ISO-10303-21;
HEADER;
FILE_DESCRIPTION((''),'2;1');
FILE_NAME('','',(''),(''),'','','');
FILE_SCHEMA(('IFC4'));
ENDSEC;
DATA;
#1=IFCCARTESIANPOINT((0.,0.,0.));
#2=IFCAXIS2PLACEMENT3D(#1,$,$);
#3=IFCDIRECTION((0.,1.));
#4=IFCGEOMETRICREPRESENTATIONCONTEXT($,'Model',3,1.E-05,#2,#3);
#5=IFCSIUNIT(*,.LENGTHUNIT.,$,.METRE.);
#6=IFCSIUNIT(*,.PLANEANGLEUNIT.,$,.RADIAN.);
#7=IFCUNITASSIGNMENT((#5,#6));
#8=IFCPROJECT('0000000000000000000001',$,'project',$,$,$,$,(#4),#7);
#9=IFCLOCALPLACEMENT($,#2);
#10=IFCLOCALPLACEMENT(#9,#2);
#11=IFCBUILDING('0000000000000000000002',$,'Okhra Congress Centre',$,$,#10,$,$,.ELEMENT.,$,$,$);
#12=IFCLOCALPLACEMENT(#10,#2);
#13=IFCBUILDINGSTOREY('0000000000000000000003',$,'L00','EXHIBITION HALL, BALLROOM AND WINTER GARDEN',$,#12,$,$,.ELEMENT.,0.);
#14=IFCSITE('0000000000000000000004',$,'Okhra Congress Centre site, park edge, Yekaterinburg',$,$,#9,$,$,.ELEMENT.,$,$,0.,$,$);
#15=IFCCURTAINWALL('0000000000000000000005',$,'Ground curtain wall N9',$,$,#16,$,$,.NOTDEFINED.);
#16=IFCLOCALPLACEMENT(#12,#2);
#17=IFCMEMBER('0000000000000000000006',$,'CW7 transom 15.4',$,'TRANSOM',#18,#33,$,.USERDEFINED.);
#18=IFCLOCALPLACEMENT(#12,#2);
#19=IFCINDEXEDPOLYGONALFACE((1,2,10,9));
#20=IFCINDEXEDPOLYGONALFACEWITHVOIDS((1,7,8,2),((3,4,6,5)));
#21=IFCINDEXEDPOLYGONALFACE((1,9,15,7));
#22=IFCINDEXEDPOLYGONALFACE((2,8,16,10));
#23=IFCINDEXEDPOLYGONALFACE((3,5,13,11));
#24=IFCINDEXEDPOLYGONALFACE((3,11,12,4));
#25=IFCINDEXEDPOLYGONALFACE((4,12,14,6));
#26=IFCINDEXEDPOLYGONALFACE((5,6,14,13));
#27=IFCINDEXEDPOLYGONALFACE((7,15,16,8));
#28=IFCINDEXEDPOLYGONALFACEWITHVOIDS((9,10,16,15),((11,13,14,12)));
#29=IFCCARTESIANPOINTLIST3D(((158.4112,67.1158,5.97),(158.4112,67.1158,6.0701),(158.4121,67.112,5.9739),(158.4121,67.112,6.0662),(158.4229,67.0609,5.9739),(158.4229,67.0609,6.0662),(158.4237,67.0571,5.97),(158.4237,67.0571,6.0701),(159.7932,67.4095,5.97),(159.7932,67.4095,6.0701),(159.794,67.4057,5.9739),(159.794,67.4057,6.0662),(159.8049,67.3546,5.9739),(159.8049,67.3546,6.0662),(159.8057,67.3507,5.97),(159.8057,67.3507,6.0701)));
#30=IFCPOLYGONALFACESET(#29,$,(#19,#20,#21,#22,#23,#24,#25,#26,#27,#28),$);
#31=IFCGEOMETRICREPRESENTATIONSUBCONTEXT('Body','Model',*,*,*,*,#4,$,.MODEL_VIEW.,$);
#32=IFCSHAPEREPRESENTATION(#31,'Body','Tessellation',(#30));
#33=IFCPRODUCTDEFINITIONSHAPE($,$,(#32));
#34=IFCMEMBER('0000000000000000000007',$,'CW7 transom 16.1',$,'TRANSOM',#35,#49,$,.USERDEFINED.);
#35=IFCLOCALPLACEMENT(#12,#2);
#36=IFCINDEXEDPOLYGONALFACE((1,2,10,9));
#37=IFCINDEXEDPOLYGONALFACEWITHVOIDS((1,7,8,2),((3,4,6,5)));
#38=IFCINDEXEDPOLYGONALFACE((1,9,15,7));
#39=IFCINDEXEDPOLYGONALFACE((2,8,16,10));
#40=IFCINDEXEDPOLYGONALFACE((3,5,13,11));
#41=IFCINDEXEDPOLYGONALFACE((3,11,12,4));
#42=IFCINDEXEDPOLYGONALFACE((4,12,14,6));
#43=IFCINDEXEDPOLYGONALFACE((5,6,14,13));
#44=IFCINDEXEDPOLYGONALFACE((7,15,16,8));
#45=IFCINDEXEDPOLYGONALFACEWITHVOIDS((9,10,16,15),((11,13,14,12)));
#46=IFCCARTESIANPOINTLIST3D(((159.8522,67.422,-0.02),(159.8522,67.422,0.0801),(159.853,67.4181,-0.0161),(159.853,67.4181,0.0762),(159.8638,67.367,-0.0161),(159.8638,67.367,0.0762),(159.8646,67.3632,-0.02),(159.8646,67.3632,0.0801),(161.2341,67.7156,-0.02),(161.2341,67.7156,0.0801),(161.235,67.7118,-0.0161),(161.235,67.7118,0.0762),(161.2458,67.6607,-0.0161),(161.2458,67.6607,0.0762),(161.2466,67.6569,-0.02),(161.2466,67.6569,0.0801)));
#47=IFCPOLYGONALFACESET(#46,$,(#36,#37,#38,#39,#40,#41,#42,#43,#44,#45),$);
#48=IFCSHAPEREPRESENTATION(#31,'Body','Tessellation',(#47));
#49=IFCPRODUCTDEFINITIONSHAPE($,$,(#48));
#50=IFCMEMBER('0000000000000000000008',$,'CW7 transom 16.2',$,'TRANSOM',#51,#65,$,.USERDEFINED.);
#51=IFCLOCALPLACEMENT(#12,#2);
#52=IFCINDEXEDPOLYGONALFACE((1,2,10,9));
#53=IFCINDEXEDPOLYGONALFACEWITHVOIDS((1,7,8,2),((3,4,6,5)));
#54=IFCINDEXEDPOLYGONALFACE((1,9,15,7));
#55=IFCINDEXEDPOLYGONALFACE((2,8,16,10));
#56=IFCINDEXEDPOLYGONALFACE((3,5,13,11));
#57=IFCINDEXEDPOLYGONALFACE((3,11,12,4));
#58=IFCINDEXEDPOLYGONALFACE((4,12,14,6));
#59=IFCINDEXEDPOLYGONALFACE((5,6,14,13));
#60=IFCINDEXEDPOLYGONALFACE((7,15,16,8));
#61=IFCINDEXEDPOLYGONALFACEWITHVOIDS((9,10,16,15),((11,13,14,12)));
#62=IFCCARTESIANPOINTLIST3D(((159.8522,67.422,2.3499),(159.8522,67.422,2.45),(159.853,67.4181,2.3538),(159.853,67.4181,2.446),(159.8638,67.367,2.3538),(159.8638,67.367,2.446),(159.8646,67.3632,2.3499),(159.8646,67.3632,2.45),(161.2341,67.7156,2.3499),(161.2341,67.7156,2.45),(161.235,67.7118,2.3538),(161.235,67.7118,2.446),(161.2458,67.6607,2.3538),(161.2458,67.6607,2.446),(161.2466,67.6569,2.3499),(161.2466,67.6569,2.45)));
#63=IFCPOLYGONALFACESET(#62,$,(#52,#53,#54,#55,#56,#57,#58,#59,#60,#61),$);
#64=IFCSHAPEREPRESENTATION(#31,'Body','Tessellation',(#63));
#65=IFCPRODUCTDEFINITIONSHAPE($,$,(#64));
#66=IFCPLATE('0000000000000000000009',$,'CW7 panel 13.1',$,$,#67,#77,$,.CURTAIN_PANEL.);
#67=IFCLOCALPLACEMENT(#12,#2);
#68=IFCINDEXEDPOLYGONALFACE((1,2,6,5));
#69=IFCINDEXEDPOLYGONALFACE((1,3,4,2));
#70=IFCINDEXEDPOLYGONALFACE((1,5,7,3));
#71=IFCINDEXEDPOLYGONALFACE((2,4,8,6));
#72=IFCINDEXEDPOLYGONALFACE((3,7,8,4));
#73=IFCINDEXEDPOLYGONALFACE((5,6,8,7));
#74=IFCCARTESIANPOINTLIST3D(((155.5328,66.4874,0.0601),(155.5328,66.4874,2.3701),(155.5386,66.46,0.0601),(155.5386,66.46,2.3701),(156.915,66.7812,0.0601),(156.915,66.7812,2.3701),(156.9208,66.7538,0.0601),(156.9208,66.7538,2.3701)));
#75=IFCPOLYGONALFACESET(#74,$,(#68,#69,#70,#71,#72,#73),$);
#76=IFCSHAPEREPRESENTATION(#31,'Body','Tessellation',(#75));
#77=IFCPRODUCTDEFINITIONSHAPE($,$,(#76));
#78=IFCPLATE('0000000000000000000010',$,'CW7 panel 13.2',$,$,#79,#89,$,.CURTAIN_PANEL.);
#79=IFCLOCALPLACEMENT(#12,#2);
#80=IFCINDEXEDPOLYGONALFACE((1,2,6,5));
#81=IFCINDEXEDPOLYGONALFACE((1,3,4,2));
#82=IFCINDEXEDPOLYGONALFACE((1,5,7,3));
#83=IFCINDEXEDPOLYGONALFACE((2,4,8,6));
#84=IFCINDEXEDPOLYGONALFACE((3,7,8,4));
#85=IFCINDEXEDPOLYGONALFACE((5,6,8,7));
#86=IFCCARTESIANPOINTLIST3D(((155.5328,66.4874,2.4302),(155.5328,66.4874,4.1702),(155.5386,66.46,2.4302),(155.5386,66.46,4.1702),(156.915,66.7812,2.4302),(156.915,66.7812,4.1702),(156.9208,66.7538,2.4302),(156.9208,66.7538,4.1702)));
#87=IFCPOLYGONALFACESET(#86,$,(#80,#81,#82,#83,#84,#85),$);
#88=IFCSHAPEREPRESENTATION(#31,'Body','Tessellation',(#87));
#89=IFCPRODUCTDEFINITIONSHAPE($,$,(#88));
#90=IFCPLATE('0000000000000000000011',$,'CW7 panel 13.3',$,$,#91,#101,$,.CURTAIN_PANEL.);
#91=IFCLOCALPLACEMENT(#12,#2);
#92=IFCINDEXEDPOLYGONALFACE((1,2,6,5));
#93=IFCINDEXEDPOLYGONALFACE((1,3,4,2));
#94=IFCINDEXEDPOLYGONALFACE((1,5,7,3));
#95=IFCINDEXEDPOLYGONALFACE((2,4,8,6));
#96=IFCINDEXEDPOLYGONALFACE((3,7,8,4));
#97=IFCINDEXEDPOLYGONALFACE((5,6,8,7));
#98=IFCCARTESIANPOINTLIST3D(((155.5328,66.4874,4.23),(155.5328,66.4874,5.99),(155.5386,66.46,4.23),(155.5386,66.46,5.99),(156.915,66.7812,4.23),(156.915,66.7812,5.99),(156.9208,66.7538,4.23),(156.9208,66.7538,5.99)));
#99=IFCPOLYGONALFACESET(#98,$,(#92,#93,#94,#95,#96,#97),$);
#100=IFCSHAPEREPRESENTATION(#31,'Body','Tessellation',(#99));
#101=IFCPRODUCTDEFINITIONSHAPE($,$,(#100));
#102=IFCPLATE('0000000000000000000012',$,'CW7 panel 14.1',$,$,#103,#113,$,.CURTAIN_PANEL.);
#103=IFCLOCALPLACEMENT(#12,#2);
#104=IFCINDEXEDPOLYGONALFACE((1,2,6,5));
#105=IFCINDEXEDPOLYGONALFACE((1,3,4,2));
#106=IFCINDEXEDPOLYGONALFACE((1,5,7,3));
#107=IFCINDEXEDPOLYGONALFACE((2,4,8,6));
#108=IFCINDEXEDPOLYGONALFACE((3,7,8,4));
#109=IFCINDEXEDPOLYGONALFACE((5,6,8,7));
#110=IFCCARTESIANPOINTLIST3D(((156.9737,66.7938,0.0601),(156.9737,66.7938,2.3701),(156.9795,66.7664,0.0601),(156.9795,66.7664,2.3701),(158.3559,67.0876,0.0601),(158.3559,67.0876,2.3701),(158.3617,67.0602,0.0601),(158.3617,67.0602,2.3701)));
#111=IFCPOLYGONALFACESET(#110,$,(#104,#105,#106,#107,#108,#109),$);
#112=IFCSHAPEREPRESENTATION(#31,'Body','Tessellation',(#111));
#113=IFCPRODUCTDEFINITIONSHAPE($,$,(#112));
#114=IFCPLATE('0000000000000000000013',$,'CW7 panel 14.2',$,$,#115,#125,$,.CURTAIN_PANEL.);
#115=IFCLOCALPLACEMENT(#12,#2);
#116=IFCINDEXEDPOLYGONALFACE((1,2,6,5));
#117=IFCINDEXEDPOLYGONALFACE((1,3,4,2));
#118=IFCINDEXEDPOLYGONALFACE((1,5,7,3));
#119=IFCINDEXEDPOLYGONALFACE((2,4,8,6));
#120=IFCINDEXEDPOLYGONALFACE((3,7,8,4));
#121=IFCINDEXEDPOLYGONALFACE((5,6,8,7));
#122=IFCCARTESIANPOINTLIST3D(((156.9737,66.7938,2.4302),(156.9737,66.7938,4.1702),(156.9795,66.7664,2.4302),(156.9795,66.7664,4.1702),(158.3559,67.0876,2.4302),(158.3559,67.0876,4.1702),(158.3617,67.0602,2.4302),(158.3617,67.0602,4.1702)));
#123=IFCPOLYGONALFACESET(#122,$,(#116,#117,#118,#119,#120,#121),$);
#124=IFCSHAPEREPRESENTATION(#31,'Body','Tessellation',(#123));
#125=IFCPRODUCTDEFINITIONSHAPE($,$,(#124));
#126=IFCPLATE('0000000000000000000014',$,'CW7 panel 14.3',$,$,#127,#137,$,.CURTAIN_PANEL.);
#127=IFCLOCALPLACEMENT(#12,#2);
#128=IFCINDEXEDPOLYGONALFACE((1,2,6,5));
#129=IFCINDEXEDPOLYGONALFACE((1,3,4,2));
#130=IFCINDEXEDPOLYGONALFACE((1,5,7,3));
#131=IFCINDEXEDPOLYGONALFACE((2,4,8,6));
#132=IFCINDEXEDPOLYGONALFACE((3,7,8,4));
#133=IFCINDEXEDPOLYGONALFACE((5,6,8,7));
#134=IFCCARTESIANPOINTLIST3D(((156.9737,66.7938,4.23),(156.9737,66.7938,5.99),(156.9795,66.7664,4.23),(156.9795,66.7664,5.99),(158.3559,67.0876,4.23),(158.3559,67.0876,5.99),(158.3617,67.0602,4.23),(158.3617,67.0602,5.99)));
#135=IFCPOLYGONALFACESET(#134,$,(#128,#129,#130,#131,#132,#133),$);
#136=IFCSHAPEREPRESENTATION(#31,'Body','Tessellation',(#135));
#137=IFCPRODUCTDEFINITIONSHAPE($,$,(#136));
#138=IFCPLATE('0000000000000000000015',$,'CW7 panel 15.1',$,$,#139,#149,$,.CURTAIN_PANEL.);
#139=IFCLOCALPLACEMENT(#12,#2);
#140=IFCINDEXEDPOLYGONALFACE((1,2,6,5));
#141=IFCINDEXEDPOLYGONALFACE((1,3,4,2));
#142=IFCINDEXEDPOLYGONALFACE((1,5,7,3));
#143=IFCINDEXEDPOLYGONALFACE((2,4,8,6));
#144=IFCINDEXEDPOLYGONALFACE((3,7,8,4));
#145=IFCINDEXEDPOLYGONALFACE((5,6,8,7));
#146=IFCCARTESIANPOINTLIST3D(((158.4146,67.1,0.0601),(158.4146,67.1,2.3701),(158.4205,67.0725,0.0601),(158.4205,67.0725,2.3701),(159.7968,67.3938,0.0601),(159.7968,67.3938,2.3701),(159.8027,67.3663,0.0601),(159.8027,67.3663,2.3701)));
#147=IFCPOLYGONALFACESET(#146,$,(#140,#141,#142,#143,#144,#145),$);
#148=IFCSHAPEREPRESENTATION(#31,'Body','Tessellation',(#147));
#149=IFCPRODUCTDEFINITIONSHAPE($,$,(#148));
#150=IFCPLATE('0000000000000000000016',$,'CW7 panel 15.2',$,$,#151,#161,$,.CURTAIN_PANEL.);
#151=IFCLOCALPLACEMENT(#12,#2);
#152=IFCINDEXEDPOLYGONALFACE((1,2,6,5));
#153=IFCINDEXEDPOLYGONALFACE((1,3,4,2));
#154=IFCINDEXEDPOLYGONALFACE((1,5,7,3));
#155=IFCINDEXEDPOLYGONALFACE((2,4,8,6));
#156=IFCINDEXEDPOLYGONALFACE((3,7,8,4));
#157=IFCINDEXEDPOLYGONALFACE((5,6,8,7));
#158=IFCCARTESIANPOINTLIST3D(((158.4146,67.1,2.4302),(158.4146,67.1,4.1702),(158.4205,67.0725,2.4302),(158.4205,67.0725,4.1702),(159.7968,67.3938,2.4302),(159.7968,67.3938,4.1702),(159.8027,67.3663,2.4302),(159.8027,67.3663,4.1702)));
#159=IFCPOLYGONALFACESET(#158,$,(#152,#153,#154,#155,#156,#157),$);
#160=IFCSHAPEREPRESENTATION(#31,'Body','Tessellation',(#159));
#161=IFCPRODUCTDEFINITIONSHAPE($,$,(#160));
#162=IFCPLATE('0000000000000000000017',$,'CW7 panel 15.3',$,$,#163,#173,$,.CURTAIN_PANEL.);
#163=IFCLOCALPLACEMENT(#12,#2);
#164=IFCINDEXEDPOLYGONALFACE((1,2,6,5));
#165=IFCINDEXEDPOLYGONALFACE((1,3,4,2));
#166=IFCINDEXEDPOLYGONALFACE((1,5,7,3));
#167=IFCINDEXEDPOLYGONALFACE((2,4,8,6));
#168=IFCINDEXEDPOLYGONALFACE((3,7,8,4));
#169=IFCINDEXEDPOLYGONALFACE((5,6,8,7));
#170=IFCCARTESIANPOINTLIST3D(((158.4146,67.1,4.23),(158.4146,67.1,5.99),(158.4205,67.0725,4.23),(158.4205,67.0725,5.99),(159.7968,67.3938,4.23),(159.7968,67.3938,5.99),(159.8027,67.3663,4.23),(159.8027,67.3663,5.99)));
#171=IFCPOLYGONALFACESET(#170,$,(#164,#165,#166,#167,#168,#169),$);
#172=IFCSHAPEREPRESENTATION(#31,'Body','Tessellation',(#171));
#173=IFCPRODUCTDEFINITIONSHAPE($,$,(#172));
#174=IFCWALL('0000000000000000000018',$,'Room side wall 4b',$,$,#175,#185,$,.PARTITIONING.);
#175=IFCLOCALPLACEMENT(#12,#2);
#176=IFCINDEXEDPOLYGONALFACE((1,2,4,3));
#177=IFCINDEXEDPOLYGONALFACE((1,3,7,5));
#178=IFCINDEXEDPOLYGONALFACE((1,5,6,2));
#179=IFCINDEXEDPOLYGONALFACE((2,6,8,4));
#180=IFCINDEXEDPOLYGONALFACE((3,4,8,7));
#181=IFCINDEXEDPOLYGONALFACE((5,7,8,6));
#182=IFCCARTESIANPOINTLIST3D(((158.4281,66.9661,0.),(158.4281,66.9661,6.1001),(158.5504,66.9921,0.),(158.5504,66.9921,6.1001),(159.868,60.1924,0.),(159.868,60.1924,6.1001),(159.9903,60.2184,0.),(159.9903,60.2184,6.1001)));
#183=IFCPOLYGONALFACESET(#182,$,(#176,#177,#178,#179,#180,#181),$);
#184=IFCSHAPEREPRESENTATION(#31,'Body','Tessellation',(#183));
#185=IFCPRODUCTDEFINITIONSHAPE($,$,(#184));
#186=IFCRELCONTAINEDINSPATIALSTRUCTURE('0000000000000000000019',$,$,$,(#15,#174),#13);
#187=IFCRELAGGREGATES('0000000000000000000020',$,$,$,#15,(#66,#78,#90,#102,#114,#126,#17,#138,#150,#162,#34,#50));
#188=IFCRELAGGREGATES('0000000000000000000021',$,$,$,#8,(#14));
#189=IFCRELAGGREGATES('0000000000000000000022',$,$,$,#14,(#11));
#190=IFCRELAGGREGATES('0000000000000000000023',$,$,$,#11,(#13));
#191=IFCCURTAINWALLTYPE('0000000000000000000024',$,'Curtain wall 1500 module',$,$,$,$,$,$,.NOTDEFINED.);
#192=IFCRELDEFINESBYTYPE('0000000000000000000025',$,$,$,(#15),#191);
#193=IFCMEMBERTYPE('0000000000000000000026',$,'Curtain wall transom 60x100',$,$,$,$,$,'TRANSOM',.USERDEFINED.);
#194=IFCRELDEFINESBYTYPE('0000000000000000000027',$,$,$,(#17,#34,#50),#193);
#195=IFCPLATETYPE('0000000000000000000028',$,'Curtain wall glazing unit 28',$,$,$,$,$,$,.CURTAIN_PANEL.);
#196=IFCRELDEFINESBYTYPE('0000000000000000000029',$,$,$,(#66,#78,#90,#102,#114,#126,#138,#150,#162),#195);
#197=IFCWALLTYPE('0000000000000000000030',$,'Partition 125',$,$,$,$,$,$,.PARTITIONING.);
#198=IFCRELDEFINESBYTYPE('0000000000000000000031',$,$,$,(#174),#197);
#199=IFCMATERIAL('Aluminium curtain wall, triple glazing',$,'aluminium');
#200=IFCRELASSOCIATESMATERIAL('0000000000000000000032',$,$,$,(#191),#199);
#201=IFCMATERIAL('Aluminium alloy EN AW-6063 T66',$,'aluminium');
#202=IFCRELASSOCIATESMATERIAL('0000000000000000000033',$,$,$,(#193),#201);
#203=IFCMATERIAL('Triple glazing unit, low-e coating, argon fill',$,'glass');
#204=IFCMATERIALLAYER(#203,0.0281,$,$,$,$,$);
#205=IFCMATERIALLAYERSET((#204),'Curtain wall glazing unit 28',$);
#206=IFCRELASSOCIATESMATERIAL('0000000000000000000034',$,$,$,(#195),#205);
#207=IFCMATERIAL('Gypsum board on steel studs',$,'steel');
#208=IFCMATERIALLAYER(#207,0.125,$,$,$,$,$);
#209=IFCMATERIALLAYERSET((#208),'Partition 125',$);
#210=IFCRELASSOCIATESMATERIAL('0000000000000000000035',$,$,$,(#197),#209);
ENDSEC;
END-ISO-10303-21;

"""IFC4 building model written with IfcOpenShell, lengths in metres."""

from ifc_helpers import new_model, si_unit, direction, frame, frame_2d, origin, origin_2d, place, context, subcontext, project, spatial, rectangle, hollow_rectangle, extrude, material, layer, layer_set, material_profile, profile_set, type_object, element, aggregate, save


model = new_model("IFC4")

# Units and contexts
model_context = context("Model", 3, precision=1e-05, world=origin(), true_north=direction((0.0, 1.0)))
body_context = subcontext(model_context, "Body", "Model", "MODEL_VIEW")
ifc_project = project(units=[si_unit("LENGTHUNIT", "METRE"), si_unit("PLANEANGLEUNIT", "RADIAN")], contexts=[model_context])

# Site, building, storey
site_placement = place(None, origin())
site = spatial("IfcSite", under=ifc_project, at=site_placement, Name="Okhra Congress Centre site, park edge, Yekaterinburg", CompositionType="ELEMENT", RefElevation=0.0)
building_placement = place(site_placement, origin())
building = spatial("IfcBuilding", under=site, at=building_placement, Name="Okhra Congress Centre", CompositionType="ELEMENT")
storey_placement = place(building_placement, origin())
storey = spatial("IfcBuildingStorey", under=building, at=storey_placement, Name="L00", Description="EXHIBITION HALL, BALLROOM AND WINTER GARDEN", CompositionType="ELEMENT", Elevation=0.0)

# Curtain wall, members, plates
ifc_material_1 = material(Name="Aluminium curtain wall, triple glazing", Category="aluminium")
curtain_wall_type = type_object("IfcCurtainWallType", Name="Curtain wall 1500 module", PredefinedType="NOTDEFINED", material=ifc_material_1)
curtain_wall_placement = place(storey_placement, origin())
curtain_wall = element("IfcCurtainWall", 1, at=curtain_wall_placement, inside=storey, type_object=curtain_wall_type, Name="Ground curtain wall N9", PredefinedType="NOTDEFINED")
ifc_material_2 = material(Name="Aluminium alloy EN AW-6063 T66", Category="aluminium")
ifc_material_profile_1 = material_profile(ifc_material_2, hollow_rectangle(XDim=0.0601, YDim=0.1001, WallThickness=0.0039, at=origin_2d()), Name="RHS 60x100x4")
ifc_profile_set_1 = profile_set([ifc_material_profile_1], Name="Aluminium alloy EN AW-6063 T66")
member_type_1 = type_object("IfcMemberType", Name="Curtain wall transom 60x100", ElementType="TRANSOM", PredefinedType="USERDEFINED", material=ifc_profile_set_1)
member_1_placement = place(storey_placement, frame((158.4175, 67.0864, 6.02), z_axis=(0.978158, 0.207865, 0.0), x_axis=(-0.207865, 0.978158, 0.0)))
member_1 = element("IfcMember", 2, at=member_1_placement, type_object=member_type_1, Name="CW7 transom 15.4", ObjectType="TRANSOM", PredefinedType="USERDEFINED", context=body_context, shape_type="SweptSolid", body=[
    extrude(hollow_rectangle(XDim=0.0601, YDim=0.1001, WallThickness=0.0039, at=origin_2d()), origin(), (0.0, 0.0, 1.0), 1.4128),
])
member_2_placement = place(storey_placement, frame((159.8584, 67.3926, 0.03), z_axis=(0.978158, 0.207865, 0.0), x_axis=(-0.207865, 0.978158, 0.0)))
member_2 = element("IfcMember", 3, at=member_2_placement, type_object=member_type_1, Name="CW7 transom 16.1", ObjectType="TRANSOM", PredefinedType="USERDEFINED", context=body_context, shape_type="SweptSolid", body=[
    extrude(hollow_rectangle(XDim=0.0601, YDim=0.1001, WallThickness=0.0039, at=origin_2d()), origin(), (0.0, 0.0, 1.0), 1.4128),
])
member_3_placement = place(storey_placement, frame((159.8584, 67.3926, 2.3999), z_axis=(0.978158, 0.207865, 0.0), x_axis=(-0.207865, 0.978158, 0.0)))
member_3 = element("IfcMember", 4, at=member_3_placement, type_object=member_type_1, Name="CW7 transom 16.2", ObjectType="TRANSOM", PredefinedType="USERDEFINED", context=body_context, shape_type="SweptSolid", body=[
    extrude(hollow_rectangle(XDim=0.0601, YDim=0.1001, WallThickness=0.0039, at=origin_2d()), origin(), (0.0, 0.0, 1.0), 1.4128),
])
ifc_material_3 = material(Name="Triple glazing unit, low-e coating, argon fill", Category="glass")
ifc_layer_1 = layer(ifc_material_3, 0.0281)
ifc_layer_set_1 = layer_set([ifc_layer_1], Name="Curtain wall glazing unit 28")
plate_type = type_object("IfcPlateType", Name="Curtain wall glazing unit 28", PredefinedType="CURTAIN_PANEL", material=ifc_layer_set_1)
plate_1_placement = place(storey_placement, frame((156.2268, 66.6206, 0.0601), z_axis=(0.0, 0.0, 1.0), x_axis=(0.978148, 0.207912, 0.0)))
plate_1 = element("IfcPlate", 5, at=plate_1_placement, type_object=plate_type, Name="CW7 panel 13.1", PredefinedType="CURTAIN_PANEL", context=body_context, shape_type="SweptSolid", body=[
    extrude(rectangle(XDim=1.4131, YDim=0.0281, at=origin_2d()), origin(), (0.0, 0.0, 1.0), 2.3101),
])
plate_2_placement = place(storey_placement, frame((156.2268, 66.6206, 2.4302), z_axis=(0.0, 0.0, 1.0), x_axis=(0.978148, 0.207912, 0.0)))
plate_2 = element("IfcPlate", 6, at=plate_2_placement, type_object=plate_type, Name="CW7 panel 13.2", PredefinedType="CURTAIN_PANEL", context=body_context, shape_type="SweptSolid", body=[
    extrude(rectangle(XDim=1.4131, YDim=0.0281, at=origin_2d()), origin(), (0.0, 0.0, 1.0), 1.74),
])
plate_3_placement = place(storey_placement, frame((156.2268, 66.6206, 4.23), z_axis=(0.0, 0.0, 1.0), x_axis=(0.978148, 0.207912, 0.0)))
plate_3 = element("IfcPlate", 7, at=plate_3_placement, type_object=plate_type, Name="CW7 panel 13.3", PredefinedType="CURTAIN_PANEL", context=body_context, shape_type="SweptSolid", body=[
    extrude(rectangle(XDim=1.4131, YDim=0.0281, at=origin_2d()), origin(), (0.0, 0.0, 1.0), 1.76),
])
plate_4_placement = place(storey_placement, frame((157.6677, 66.927, 0.0601), z_axis=(0.0, 0.0, 1.0), x_axis=(0.978148, 0.207912, 0.0)))
plate_4 = element("IfcPlate", 8, at=plate_4_placement, type_object=plate_type, Name="CW7 panel 14.1", PredefinedType="CURTAIN_PANEL", context=body_context, shape_type="SweptSolid", body=[
    extrude(rectangle(XDim=1.4131, YDim=0.0281, at=origin_2d()), origin(), (0.0, 0.0, 1.0), 2.3101),
])
plate_5_placement = place(storey_placement, frame((157.6677, 66.927, 2.4302), z_axis=(0.0, 0.0, 1.0), x_axis=(0.978148, 0.207912, 0.0)))
plate_5 = element("IfcPlate", 9, at=plate_5_placement, type_object=plate_type, Name="CW7 panel 14.2", PredefinedType="CURTAIN_PANEL", context=body_context, shape_type="SweptSolid", body=[
    extrude(rectangle(XDim=1.4131, YDim=0.0281, at=origin_2d()), origin(), (0.0, 0.0, 1.0), 1.74),
])
plate_6_placement = place(storey_placement, frame((157.6677, 66.927, 4.23), z_axis=(0.0, 0.0, 1.0), x_axis=(0.978148, 0.207912, 0.0)))
plate_6 = element("IfcPlate", 10, at=plate_6_placement, type_object=plate_type, Name="CW7 panel 14.3", PredefinedType="CURTAIN_PANEL", context=body_context, shape_type="SweptSolid", body=[
    extrude(rectangle(XDim=1.4131, YDim=0.0281, at=origin_2d()), origin(), (0.0, 0.0, 1.0), 1.76),
])
plate_7_placement = place(storey_placement, frame((159.1086, 67.2332, 0.0601), z_axis=(0.0, 0.0, 1.0), x_axis=(0.978148, 0.207912, 0.0)))
plate_7 = element("IfcPlate", 11, at=plate_7_placement, type_object=plate_type, Name="CW7 panel 15.1", PredefinedType="CURTAIN_PANEL", context=body_context, shape_type="SweptSolid", body=[
    extrude(rectangle(XDim=1.4131, YDim=0.0281, at=origin_2d()), origin(), (0.0, 0.0, 1.0), 2.3101),
])
plate_8_placement = place(storey_placement, frame((159.1086, 67.2332, 2.4302), z_axis=(0.0, 0.0, 1.0), x_axis=(0.978148, 0.207912, 0.0)))
plate_8 = element("IfcPlate", 12, at=plate_8_placement, type_object=plate_type, Name="CW7 panel 15.2", PredefinedType="CURTAIN_PANEL", context=body_context, shape_type="SweptSolid", body=[
    extrude(rectangle(XDim=1.4131, YDim=0.0281, at=origin_2d()), origin(), (0.0, 0.0, 1.0), 1.74),
])
plate_9_placement = place(storey_placement, frame((159.1086, 67.2332, 4.23), z_axis=(0.0, 0.0, 1.0), x_axis=(0.978148, 0.207912, 0.0)))
plate_9 = element("IfcPlate", 13, at=plate_9_placement, type_object=plate_type, Name="CW7 panel 15.3", PredefinedType="CURTAIN_PANEL", context=body_context, shape_type="SweptSolid", body=[
    extrude(rectangle(XDim=1.4131, YDim=0.0281, at=origin_2d()), origin(), (0.0, 0.0, 1.0), 1.76),
])
aggregate(curtain_wall, [plate_1, plate_2, plate_3, plate_4, plate_5, plate_6, member_1, plate_7, plate_8, plate_9, member_2, member_3])

# Wall
ifc_material_4 = material(Name="Gypsum board on steel studs", Category="steel")
ifc_layer_2 = layer(ifc_material_4, 0.125)
ifc_layer_set_2 = layer_set([ifc_layer_2], Name="Partition 125")
wall_type = type_object("IfcWallType", Name="Partition 125", PredefinedType="PARTITIONING", material=ifc_layer_set_2)
wall_placement = place(storey_placement, frame((158.4893, 66.979, 0.0), z_axis=(0.0, 0.0, 1.0), x_axis=(0.207933, -0.978143, 0.0)))
element("IfcWall", 14, at=wall_placement, inside=storey, type_object=wall_type, Name="Room side wall 4b", PredefinedType="PARTITIONING", context=body_context, shape_type="SweptSolid", body=[
    extrude(rectangle(XDim=6.925, YDim=0.125, at=frame_2d((3.4624, 0.0))), origin(), (0.0, 0.0, 1.0), 6.1001),
])

save(model, "model.ifc")
